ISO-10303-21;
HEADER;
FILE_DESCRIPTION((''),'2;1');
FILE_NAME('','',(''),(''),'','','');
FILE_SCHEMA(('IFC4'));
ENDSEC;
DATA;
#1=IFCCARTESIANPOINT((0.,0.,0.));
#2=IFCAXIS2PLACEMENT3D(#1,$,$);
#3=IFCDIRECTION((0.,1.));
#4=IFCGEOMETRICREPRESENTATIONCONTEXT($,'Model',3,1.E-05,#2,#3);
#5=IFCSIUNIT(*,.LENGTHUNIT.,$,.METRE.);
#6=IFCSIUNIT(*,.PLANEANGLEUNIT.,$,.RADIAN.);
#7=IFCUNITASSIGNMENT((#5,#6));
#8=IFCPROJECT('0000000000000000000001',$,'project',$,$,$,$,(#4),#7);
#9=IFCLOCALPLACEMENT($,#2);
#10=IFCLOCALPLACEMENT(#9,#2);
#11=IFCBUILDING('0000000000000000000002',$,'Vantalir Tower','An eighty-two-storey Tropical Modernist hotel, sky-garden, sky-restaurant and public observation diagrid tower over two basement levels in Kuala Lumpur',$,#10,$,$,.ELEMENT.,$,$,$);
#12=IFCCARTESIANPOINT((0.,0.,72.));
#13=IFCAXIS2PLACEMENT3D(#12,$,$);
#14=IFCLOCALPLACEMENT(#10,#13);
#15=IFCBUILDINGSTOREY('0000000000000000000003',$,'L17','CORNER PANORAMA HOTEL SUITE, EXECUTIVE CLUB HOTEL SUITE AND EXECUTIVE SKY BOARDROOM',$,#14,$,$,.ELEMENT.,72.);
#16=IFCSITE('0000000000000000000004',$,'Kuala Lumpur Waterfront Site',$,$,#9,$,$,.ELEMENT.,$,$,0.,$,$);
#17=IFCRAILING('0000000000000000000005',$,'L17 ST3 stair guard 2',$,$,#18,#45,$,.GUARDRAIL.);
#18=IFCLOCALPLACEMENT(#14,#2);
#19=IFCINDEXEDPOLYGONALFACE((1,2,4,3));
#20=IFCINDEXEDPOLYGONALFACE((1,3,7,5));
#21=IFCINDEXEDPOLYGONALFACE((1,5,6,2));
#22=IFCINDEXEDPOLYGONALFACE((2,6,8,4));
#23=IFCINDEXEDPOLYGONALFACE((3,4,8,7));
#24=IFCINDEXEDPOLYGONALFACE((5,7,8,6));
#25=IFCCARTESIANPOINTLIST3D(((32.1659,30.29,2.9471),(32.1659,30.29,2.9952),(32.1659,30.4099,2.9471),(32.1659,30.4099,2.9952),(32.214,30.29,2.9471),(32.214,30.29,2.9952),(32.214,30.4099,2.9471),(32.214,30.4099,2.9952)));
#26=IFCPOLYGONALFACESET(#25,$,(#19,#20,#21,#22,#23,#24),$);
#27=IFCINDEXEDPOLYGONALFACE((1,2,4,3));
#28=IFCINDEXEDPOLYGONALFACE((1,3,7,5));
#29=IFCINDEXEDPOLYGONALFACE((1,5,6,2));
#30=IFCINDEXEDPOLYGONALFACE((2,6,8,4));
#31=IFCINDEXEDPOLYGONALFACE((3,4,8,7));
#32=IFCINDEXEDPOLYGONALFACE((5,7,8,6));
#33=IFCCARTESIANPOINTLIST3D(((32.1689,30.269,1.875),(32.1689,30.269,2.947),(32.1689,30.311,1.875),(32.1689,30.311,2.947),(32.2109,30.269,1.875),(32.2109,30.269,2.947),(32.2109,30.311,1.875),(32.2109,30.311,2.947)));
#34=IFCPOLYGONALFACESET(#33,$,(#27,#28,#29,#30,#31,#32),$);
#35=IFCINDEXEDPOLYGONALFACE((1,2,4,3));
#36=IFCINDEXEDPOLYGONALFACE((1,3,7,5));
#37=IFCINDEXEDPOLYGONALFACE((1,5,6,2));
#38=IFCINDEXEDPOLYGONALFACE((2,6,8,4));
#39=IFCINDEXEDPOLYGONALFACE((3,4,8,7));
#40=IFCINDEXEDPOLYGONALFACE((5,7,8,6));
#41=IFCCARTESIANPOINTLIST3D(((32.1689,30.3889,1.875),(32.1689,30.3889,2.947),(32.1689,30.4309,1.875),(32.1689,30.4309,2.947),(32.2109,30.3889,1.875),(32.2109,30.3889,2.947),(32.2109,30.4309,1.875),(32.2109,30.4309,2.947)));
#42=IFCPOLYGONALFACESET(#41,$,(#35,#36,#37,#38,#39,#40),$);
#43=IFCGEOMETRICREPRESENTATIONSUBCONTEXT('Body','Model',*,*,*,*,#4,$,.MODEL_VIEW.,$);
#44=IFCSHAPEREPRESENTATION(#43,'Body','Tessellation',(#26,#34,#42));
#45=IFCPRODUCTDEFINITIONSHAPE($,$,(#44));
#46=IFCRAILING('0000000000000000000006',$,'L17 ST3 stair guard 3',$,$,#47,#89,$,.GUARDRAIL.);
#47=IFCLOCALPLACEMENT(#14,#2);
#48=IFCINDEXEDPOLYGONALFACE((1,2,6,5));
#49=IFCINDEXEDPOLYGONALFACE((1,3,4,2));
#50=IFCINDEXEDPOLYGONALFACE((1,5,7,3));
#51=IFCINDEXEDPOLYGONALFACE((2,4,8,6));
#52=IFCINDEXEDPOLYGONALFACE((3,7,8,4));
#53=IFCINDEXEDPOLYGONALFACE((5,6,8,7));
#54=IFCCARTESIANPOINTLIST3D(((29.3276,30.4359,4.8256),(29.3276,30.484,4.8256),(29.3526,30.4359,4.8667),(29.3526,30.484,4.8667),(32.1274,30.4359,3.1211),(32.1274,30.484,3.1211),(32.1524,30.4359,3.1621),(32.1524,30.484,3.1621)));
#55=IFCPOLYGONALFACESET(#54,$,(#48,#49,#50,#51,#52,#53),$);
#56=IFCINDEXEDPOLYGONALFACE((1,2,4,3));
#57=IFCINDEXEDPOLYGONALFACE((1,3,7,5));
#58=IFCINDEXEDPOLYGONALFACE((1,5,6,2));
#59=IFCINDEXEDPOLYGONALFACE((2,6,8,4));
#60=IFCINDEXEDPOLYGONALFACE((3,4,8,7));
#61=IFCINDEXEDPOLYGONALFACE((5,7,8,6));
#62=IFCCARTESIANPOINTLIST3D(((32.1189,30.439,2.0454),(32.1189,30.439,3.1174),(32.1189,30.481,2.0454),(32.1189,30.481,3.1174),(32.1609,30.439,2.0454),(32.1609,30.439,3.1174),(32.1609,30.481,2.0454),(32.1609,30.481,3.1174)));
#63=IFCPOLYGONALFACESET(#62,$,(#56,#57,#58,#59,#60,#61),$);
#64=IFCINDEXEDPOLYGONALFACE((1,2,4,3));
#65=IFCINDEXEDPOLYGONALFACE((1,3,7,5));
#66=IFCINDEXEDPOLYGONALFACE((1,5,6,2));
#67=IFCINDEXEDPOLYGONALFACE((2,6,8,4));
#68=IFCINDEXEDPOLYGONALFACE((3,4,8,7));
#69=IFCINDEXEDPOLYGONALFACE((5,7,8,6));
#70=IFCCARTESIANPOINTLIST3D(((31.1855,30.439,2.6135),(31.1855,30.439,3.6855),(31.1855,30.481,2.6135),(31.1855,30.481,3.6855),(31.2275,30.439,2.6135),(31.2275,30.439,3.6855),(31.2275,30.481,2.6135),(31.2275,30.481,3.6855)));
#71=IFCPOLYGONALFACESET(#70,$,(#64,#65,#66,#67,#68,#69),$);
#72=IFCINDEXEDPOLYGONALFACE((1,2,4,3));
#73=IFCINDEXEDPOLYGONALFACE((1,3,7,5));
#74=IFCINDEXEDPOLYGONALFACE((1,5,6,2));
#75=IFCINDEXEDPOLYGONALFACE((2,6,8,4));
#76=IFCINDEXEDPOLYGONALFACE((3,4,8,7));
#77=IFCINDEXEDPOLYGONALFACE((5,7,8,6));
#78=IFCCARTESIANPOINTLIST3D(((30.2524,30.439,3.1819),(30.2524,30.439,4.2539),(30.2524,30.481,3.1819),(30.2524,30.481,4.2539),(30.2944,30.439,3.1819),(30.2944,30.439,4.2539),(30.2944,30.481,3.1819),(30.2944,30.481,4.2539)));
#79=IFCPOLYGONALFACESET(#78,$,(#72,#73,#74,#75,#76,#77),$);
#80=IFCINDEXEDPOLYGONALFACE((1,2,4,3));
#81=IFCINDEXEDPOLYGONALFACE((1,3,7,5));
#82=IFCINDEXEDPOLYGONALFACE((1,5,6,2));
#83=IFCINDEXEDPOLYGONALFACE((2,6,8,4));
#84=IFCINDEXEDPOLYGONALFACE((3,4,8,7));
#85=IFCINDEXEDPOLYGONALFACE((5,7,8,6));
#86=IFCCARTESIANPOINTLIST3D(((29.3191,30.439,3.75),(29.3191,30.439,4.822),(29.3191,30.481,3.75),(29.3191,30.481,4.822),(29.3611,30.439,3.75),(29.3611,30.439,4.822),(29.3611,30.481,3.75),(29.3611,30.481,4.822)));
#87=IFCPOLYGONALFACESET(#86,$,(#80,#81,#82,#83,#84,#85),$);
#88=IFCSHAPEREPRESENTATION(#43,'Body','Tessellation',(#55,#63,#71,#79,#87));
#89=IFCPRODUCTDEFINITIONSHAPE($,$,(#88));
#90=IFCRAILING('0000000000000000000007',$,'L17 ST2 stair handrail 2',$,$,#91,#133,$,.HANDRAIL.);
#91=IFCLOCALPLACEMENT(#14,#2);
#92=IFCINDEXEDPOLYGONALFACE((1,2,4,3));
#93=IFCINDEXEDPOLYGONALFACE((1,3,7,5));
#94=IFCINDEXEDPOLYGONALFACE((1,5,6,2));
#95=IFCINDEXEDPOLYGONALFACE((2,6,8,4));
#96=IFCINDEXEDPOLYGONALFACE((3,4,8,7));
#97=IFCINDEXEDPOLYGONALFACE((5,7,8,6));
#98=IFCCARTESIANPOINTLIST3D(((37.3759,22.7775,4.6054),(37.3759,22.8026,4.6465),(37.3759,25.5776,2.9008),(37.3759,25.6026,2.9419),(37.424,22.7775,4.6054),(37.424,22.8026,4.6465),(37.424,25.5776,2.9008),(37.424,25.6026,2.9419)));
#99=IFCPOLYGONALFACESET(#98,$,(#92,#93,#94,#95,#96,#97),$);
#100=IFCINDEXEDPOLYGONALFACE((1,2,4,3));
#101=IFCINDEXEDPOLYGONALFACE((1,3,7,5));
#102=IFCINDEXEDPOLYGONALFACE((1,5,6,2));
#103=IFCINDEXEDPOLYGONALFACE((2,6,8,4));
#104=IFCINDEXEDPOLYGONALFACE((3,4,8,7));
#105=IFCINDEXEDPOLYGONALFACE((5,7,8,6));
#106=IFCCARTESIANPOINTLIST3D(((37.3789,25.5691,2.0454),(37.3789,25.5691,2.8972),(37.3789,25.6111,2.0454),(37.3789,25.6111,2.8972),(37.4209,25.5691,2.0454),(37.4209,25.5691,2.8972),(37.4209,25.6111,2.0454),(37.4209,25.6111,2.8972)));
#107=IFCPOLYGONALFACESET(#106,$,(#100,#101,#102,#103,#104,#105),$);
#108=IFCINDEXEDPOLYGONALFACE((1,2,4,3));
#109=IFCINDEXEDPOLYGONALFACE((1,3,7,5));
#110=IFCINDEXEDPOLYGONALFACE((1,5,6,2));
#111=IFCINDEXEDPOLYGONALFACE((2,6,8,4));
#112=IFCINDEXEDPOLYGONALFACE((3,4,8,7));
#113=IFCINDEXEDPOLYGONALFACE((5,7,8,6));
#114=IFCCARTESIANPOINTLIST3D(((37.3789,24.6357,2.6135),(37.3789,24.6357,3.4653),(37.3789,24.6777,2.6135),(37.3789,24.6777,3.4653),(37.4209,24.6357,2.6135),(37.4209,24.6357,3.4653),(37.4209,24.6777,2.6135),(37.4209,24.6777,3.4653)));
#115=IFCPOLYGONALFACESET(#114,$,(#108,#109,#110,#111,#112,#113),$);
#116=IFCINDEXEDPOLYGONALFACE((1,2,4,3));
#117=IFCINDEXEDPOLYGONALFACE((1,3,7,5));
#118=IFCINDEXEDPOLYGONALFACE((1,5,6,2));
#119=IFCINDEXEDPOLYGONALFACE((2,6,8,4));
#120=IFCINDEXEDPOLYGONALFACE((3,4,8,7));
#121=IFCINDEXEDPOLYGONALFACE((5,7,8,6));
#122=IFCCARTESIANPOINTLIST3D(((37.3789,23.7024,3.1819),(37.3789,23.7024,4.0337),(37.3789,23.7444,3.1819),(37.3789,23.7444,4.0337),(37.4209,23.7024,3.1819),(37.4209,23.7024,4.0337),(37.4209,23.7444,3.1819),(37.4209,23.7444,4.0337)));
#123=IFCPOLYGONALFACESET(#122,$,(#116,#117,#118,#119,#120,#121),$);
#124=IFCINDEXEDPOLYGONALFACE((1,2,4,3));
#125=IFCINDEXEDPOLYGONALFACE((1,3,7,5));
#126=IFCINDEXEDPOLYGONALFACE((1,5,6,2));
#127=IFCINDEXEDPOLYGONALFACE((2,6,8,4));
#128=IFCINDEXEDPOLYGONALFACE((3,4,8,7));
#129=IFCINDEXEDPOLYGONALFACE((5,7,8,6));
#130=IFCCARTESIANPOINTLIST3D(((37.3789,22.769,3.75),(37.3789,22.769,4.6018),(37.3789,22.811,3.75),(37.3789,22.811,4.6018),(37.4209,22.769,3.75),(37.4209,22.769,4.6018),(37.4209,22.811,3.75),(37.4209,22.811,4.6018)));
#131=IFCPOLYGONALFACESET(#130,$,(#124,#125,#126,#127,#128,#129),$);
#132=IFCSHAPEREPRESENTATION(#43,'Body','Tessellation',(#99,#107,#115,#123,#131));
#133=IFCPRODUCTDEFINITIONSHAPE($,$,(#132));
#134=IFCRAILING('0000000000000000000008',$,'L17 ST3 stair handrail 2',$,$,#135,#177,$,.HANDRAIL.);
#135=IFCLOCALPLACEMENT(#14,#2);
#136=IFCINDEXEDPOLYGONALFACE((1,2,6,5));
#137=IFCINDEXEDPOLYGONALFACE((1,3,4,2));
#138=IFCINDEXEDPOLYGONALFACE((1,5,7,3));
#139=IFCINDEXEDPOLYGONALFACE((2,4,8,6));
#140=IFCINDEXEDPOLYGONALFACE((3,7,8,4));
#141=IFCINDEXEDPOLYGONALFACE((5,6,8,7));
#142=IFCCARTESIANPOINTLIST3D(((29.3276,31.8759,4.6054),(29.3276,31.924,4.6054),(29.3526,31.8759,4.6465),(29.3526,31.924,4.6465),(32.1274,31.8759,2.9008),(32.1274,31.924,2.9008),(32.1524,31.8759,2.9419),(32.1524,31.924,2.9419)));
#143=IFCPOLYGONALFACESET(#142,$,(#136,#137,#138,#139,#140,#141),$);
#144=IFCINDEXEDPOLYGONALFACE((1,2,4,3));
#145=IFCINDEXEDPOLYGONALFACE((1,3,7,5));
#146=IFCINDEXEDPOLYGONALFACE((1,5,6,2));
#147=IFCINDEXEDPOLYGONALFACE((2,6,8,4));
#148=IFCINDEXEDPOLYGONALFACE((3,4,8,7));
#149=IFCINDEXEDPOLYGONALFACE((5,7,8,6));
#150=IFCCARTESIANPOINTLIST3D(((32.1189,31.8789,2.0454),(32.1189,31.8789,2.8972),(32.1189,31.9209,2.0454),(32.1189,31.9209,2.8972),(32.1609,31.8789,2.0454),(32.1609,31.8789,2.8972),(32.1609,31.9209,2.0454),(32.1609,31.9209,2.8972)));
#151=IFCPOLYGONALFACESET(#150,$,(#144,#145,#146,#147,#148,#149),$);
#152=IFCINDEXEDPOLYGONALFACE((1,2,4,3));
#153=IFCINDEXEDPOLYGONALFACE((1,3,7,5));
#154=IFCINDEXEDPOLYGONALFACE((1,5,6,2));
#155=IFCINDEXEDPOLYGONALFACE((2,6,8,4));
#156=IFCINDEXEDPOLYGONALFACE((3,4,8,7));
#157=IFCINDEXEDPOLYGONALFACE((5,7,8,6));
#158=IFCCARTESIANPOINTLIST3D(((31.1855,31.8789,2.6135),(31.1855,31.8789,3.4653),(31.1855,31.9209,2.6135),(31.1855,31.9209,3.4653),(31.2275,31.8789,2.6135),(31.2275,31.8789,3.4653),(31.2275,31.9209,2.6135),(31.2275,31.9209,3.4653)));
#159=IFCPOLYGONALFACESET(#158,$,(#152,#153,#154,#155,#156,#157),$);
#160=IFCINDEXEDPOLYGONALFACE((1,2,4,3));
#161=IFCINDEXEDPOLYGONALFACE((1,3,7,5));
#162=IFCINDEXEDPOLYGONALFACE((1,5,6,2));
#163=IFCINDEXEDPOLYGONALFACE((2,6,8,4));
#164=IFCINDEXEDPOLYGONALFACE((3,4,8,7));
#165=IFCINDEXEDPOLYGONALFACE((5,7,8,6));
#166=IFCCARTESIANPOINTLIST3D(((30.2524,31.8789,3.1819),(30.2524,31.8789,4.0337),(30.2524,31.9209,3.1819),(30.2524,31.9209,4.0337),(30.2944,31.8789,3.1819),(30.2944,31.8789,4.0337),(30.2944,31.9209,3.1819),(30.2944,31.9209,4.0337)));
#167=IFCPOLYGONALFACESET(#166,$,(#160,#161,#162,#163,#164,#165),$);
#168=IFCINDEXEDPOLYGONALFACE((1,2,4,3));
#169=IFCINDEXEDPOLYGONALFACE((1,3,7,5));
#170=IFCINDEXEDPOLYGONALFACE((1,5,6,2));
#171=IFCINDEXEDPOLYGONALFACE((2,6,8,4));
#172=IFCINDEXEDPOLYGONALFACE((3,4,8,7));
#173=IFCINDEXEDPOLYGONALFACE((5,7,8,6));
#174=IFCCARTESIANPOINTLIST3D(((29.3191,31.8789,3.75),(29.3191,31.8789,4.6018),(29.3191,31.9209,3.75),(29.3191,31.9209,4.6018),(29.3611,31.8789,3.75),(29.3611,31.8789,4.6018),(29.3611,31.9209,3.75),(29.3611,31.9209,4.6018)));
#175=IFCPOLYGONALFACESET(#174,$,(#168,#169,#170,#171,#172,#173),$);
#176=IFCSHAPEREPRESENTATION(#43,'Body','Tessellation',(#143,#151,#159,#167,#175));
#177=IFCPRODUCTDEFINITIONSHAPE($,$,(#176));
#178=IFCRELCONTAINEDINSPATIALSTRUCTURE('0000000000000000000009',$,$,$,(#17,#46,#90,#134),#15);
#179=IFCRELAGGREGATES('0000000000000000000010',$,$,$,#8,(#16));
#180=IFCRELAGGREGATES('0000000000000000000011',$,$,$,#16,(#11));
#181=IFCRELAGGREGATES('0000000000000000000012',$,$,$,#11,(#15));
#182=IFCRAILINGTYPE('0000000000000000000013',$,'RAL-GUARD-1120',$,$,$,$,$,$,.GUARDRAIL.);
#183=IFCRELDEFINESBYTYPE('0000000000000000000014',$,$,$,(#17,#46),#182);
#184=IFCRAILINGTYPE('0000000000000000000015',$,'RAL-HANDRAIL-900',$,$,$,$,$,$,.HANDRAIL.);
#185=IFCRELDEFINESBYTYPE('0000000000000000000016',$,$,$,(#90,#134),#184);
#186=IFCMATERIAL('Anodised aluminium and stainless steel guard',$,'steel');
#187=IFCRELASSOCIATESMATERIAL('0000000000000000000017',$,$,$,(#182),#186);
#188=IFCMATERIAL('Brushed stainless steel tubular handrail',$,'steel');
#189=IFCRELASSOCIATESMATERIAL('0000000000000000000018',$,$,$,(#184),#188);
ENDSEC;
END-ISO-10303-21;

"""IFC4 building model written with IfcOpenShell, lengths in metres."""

from ifc_helpers import new_model, si_unit, direction, frame, origin, origin_2d, place, context, subcontext, project, spatial, rectangle, extrude, material, type_object, element, save


model = new_model("IFC4")

# Units and contexts
model_context = context("Model", 3, precision=1e-05, world=origin(), true_north=direction((0.0, 1.0)))
body_context = subcontext(model_context, "Body", "Model", "MODEL_VIEW")
ifc_project = project(units=[si_unit("LENGTHUNIT", "METRE"), si_unit("PLANEANGLEUNIT", "RADIAN")], contexts=[model_context])

# Site, building, storey
site_placement = place(None, origin())
site = spatial("IfcSite", under=ifc_project, at=site_placement, Name="Kuala Lumpur Waterfront Site", CompositionType="ELEMENT", RefElevation=0.0)
building_placement = place(site_placement, origin())
building = spatial("IfcBuilding", under=site, at=building_placement, Name="Vantalir Tower", Description="An eighty-two-storey Tropical Modernist hotel, sky-garden, sky-restaurant and public observation diagrid tower over two basement levels in Kuala Lumpur", CompositionType="ELEMENT")
storey_placement = place(building_placement, frame((0.0, 0.0, 72.0)))
storey = spatial("IfcBuildingStorey", under=building, at=storey_placement, Name="L17", Description="CORNER PANORAMA HOTEL SUITE, EXECUTIVE CLUB HOTEL SUITE AND EXECUTIVE SKY BOARDROOM", CompositionType="ELEMENT", Elevation=72.0)

# Railings
ifc_material_1 = material(Name="Anodised aluminium and stainless steel guard", Category="steel")
railing_type_1 = type_object("IfcRailingType", Name="RAL-GUARD-1120", PredefinedType="GUARDRAIL", material=ifc_material_1)
railing_1_placement = place(storey_placement, frame((32.1899, 30.29, 1.875)))
element("IfcRailing", 1, at=railing_1_placement, inside=storey, type_object=railing_type_1, Name="L17 ST3 stair guard 2", PredefinedType="GUARDRAIL", context=body_context, shape_type="SweptSolid", body=[
    extrude(rectangle(XDim=0.0481, YDim=0.0481, at=origin_2d()), frame((0.0, 0.0, 1.0962), z_axis=(0.0, 1.0, 0.0), x_axis=(-1.0, 0.0, 0.0)), (0.0, 0.0, 1.0), 0.1199),
    extrude(rectangle(XDim=0.042, YDim=0.042, at=origin_2d()), origin(), (0.0, 0.0, 1.0), 1.072),
    extrude(rectangle(XDim=0.042, YDim=0.042, at=origin_2d()), frame((0.0, 0.1199, 0.0)), (0.0, 0.0, 1.0), 1.072),
])
railing_2_placement = place(storey_placement, frame((32.1399, 30.46, 2.0454)))
element("IfcRailing", 2, at=railing_2_placement, inside=storey, type_object=railing_type_1, Name="L17 ST3 stair guard 3", PredefinedType="GUARDRAIL", context=body_context, shape_type="SweptSolid", body=[
    extrude(rectangle(XDim=0.0481, YDim=0.0481, at=origin_2d()), frame((0.0, 0.0, 1.0962), z_axis=(-0.85415, 0.0, 0.520027), x_axis=(0.0, -1.0, 0.0)), (0.0, 0.0, 1.0), 3.2778),
    extrude(rectangle(XDim=0.042, YDim=0.042, at=origin_2d()), origin(), (0.0, 0.0, 1.0), 1.072),
    extrude(rectangle(XDim=0.042, YDim=0.042, at=origin_2d()), frame((-0.9333, 0.0, 0.5681)), (0.0, 0.0, 1.0), 1.072),
    extrude(rectangle(XDim=0.042, YDim=0.042, at=origin_2d()), frame((-1.8665, 0.0, 1.1365)), (0.0, 0.0, 1.0), 1.072),
    extrude(rectangle(XDim=0.042, YDim=0.042, at=origin_2d()), frame((-2.7998, 0.0, 1.7046)), (0.0, 0.0, 1.0), 1.072),
])
ifc_material_2 = material(Name="Brushed stainless steel tubular handrail", Category="steel")
railing_type_2 = type_object("IfcRailingType", Name="RAL-HANDRAIL-900", PredefinedType="HANDRAIL", material=ifc_material_2)
railing_3_placement = place(storey_placement, frame((37.3999, 25.5901, 2.0454)))
element("IfcRailing", 3, at=railing_3_placement, inside=storey, type_object=railing_type_2, Name="L17 ST2 stair handrail 2", PredefinedType="HANDRAIL", context=body_context, shape_type="SweptSolid", body=[
    extrude(rectangle(XDim=0.0481, YDim=0.0481, at=origin_2d()), frame((0.0, 0.0, 0.876), z_axis=(0.0, -0.85417, 0.519994), x_axis=(1.0, 0.0, 0.0)), (0.0, 0.0, 1.0), 3.2781),
    extrude(rectangle(XDim=0.042, YDim=0.042, at=origin_2d()), origin(), (0.0, 0.0, 1.0), 0.8518),
    extrude(rectangle(XDim=0.042, YDim=0.042, at=origin_2d()), frame((0.0, -0.9333, 0.5681)), (0.0, 0.0, 1.0), 0.8518),
    extrude(rectangle(XDim=0.042, YDim=0.042, at=origin_2d()), frame((0.0, -1.8667, 1.1365)), (0.0, 0.0, 1.0), 0.8518),
    extrude(rectangle(XDim=0.042, YDim=0.042, at=origin_2d()), frame((0.0, -2.8, 1.7046)), (0.0, 0.0, 1.0), 0.8518),
])
railing_4_placement = place(storey_placement, frame((32.1399, 31.8999, 2.0454)))
element("IfcRailing", 4, at=railing_4_placement, inside=storey, type_object=railing_type_2, Name="L17 ST3 stair handrail 2", PredefinedType="HANDRAIL", context=body_context, shape_type="SweptSolid", body=[
    extrude(rectangle(XDim=0.0481, YDim=0.0481, at=origin_2d()), frame((0.0, 0.0, 0.876), z_axis=(-0.85415, 0.0, 0.520027), x_axis=(0.0, -1.0, 0.0)), (0.0, 0.0, 1.0), 3.2778),
    extrude(rectangle(XDim=0.042, YDim=0.042, at=origin_2d()), origin(), (0.0, 0.0, 1.0), 0.8518),
    extrude(rectangle(XDim=0.042, YDim=0.042, at=origin_2d()), frame((-0.9333, 0.0, 0.5681)), (0.0, 0.0, 1.0), 0.8518),
    extrude(rectangle(XDim=0.042, YDim=0.042, at=origin_2d()), frame((-1.8665, 0.0, 1.1365)), (0.0, 0.0, 1.0), 0.8518),
    extrude(rectangle(XDim=0.042, YDim=0.042, at=origin_2d()), frame((-2.7998, 0.0, 1.7046)), (0.0, 0.0, 1.0), 0.8518),
])

save(model, "model.ifc")
